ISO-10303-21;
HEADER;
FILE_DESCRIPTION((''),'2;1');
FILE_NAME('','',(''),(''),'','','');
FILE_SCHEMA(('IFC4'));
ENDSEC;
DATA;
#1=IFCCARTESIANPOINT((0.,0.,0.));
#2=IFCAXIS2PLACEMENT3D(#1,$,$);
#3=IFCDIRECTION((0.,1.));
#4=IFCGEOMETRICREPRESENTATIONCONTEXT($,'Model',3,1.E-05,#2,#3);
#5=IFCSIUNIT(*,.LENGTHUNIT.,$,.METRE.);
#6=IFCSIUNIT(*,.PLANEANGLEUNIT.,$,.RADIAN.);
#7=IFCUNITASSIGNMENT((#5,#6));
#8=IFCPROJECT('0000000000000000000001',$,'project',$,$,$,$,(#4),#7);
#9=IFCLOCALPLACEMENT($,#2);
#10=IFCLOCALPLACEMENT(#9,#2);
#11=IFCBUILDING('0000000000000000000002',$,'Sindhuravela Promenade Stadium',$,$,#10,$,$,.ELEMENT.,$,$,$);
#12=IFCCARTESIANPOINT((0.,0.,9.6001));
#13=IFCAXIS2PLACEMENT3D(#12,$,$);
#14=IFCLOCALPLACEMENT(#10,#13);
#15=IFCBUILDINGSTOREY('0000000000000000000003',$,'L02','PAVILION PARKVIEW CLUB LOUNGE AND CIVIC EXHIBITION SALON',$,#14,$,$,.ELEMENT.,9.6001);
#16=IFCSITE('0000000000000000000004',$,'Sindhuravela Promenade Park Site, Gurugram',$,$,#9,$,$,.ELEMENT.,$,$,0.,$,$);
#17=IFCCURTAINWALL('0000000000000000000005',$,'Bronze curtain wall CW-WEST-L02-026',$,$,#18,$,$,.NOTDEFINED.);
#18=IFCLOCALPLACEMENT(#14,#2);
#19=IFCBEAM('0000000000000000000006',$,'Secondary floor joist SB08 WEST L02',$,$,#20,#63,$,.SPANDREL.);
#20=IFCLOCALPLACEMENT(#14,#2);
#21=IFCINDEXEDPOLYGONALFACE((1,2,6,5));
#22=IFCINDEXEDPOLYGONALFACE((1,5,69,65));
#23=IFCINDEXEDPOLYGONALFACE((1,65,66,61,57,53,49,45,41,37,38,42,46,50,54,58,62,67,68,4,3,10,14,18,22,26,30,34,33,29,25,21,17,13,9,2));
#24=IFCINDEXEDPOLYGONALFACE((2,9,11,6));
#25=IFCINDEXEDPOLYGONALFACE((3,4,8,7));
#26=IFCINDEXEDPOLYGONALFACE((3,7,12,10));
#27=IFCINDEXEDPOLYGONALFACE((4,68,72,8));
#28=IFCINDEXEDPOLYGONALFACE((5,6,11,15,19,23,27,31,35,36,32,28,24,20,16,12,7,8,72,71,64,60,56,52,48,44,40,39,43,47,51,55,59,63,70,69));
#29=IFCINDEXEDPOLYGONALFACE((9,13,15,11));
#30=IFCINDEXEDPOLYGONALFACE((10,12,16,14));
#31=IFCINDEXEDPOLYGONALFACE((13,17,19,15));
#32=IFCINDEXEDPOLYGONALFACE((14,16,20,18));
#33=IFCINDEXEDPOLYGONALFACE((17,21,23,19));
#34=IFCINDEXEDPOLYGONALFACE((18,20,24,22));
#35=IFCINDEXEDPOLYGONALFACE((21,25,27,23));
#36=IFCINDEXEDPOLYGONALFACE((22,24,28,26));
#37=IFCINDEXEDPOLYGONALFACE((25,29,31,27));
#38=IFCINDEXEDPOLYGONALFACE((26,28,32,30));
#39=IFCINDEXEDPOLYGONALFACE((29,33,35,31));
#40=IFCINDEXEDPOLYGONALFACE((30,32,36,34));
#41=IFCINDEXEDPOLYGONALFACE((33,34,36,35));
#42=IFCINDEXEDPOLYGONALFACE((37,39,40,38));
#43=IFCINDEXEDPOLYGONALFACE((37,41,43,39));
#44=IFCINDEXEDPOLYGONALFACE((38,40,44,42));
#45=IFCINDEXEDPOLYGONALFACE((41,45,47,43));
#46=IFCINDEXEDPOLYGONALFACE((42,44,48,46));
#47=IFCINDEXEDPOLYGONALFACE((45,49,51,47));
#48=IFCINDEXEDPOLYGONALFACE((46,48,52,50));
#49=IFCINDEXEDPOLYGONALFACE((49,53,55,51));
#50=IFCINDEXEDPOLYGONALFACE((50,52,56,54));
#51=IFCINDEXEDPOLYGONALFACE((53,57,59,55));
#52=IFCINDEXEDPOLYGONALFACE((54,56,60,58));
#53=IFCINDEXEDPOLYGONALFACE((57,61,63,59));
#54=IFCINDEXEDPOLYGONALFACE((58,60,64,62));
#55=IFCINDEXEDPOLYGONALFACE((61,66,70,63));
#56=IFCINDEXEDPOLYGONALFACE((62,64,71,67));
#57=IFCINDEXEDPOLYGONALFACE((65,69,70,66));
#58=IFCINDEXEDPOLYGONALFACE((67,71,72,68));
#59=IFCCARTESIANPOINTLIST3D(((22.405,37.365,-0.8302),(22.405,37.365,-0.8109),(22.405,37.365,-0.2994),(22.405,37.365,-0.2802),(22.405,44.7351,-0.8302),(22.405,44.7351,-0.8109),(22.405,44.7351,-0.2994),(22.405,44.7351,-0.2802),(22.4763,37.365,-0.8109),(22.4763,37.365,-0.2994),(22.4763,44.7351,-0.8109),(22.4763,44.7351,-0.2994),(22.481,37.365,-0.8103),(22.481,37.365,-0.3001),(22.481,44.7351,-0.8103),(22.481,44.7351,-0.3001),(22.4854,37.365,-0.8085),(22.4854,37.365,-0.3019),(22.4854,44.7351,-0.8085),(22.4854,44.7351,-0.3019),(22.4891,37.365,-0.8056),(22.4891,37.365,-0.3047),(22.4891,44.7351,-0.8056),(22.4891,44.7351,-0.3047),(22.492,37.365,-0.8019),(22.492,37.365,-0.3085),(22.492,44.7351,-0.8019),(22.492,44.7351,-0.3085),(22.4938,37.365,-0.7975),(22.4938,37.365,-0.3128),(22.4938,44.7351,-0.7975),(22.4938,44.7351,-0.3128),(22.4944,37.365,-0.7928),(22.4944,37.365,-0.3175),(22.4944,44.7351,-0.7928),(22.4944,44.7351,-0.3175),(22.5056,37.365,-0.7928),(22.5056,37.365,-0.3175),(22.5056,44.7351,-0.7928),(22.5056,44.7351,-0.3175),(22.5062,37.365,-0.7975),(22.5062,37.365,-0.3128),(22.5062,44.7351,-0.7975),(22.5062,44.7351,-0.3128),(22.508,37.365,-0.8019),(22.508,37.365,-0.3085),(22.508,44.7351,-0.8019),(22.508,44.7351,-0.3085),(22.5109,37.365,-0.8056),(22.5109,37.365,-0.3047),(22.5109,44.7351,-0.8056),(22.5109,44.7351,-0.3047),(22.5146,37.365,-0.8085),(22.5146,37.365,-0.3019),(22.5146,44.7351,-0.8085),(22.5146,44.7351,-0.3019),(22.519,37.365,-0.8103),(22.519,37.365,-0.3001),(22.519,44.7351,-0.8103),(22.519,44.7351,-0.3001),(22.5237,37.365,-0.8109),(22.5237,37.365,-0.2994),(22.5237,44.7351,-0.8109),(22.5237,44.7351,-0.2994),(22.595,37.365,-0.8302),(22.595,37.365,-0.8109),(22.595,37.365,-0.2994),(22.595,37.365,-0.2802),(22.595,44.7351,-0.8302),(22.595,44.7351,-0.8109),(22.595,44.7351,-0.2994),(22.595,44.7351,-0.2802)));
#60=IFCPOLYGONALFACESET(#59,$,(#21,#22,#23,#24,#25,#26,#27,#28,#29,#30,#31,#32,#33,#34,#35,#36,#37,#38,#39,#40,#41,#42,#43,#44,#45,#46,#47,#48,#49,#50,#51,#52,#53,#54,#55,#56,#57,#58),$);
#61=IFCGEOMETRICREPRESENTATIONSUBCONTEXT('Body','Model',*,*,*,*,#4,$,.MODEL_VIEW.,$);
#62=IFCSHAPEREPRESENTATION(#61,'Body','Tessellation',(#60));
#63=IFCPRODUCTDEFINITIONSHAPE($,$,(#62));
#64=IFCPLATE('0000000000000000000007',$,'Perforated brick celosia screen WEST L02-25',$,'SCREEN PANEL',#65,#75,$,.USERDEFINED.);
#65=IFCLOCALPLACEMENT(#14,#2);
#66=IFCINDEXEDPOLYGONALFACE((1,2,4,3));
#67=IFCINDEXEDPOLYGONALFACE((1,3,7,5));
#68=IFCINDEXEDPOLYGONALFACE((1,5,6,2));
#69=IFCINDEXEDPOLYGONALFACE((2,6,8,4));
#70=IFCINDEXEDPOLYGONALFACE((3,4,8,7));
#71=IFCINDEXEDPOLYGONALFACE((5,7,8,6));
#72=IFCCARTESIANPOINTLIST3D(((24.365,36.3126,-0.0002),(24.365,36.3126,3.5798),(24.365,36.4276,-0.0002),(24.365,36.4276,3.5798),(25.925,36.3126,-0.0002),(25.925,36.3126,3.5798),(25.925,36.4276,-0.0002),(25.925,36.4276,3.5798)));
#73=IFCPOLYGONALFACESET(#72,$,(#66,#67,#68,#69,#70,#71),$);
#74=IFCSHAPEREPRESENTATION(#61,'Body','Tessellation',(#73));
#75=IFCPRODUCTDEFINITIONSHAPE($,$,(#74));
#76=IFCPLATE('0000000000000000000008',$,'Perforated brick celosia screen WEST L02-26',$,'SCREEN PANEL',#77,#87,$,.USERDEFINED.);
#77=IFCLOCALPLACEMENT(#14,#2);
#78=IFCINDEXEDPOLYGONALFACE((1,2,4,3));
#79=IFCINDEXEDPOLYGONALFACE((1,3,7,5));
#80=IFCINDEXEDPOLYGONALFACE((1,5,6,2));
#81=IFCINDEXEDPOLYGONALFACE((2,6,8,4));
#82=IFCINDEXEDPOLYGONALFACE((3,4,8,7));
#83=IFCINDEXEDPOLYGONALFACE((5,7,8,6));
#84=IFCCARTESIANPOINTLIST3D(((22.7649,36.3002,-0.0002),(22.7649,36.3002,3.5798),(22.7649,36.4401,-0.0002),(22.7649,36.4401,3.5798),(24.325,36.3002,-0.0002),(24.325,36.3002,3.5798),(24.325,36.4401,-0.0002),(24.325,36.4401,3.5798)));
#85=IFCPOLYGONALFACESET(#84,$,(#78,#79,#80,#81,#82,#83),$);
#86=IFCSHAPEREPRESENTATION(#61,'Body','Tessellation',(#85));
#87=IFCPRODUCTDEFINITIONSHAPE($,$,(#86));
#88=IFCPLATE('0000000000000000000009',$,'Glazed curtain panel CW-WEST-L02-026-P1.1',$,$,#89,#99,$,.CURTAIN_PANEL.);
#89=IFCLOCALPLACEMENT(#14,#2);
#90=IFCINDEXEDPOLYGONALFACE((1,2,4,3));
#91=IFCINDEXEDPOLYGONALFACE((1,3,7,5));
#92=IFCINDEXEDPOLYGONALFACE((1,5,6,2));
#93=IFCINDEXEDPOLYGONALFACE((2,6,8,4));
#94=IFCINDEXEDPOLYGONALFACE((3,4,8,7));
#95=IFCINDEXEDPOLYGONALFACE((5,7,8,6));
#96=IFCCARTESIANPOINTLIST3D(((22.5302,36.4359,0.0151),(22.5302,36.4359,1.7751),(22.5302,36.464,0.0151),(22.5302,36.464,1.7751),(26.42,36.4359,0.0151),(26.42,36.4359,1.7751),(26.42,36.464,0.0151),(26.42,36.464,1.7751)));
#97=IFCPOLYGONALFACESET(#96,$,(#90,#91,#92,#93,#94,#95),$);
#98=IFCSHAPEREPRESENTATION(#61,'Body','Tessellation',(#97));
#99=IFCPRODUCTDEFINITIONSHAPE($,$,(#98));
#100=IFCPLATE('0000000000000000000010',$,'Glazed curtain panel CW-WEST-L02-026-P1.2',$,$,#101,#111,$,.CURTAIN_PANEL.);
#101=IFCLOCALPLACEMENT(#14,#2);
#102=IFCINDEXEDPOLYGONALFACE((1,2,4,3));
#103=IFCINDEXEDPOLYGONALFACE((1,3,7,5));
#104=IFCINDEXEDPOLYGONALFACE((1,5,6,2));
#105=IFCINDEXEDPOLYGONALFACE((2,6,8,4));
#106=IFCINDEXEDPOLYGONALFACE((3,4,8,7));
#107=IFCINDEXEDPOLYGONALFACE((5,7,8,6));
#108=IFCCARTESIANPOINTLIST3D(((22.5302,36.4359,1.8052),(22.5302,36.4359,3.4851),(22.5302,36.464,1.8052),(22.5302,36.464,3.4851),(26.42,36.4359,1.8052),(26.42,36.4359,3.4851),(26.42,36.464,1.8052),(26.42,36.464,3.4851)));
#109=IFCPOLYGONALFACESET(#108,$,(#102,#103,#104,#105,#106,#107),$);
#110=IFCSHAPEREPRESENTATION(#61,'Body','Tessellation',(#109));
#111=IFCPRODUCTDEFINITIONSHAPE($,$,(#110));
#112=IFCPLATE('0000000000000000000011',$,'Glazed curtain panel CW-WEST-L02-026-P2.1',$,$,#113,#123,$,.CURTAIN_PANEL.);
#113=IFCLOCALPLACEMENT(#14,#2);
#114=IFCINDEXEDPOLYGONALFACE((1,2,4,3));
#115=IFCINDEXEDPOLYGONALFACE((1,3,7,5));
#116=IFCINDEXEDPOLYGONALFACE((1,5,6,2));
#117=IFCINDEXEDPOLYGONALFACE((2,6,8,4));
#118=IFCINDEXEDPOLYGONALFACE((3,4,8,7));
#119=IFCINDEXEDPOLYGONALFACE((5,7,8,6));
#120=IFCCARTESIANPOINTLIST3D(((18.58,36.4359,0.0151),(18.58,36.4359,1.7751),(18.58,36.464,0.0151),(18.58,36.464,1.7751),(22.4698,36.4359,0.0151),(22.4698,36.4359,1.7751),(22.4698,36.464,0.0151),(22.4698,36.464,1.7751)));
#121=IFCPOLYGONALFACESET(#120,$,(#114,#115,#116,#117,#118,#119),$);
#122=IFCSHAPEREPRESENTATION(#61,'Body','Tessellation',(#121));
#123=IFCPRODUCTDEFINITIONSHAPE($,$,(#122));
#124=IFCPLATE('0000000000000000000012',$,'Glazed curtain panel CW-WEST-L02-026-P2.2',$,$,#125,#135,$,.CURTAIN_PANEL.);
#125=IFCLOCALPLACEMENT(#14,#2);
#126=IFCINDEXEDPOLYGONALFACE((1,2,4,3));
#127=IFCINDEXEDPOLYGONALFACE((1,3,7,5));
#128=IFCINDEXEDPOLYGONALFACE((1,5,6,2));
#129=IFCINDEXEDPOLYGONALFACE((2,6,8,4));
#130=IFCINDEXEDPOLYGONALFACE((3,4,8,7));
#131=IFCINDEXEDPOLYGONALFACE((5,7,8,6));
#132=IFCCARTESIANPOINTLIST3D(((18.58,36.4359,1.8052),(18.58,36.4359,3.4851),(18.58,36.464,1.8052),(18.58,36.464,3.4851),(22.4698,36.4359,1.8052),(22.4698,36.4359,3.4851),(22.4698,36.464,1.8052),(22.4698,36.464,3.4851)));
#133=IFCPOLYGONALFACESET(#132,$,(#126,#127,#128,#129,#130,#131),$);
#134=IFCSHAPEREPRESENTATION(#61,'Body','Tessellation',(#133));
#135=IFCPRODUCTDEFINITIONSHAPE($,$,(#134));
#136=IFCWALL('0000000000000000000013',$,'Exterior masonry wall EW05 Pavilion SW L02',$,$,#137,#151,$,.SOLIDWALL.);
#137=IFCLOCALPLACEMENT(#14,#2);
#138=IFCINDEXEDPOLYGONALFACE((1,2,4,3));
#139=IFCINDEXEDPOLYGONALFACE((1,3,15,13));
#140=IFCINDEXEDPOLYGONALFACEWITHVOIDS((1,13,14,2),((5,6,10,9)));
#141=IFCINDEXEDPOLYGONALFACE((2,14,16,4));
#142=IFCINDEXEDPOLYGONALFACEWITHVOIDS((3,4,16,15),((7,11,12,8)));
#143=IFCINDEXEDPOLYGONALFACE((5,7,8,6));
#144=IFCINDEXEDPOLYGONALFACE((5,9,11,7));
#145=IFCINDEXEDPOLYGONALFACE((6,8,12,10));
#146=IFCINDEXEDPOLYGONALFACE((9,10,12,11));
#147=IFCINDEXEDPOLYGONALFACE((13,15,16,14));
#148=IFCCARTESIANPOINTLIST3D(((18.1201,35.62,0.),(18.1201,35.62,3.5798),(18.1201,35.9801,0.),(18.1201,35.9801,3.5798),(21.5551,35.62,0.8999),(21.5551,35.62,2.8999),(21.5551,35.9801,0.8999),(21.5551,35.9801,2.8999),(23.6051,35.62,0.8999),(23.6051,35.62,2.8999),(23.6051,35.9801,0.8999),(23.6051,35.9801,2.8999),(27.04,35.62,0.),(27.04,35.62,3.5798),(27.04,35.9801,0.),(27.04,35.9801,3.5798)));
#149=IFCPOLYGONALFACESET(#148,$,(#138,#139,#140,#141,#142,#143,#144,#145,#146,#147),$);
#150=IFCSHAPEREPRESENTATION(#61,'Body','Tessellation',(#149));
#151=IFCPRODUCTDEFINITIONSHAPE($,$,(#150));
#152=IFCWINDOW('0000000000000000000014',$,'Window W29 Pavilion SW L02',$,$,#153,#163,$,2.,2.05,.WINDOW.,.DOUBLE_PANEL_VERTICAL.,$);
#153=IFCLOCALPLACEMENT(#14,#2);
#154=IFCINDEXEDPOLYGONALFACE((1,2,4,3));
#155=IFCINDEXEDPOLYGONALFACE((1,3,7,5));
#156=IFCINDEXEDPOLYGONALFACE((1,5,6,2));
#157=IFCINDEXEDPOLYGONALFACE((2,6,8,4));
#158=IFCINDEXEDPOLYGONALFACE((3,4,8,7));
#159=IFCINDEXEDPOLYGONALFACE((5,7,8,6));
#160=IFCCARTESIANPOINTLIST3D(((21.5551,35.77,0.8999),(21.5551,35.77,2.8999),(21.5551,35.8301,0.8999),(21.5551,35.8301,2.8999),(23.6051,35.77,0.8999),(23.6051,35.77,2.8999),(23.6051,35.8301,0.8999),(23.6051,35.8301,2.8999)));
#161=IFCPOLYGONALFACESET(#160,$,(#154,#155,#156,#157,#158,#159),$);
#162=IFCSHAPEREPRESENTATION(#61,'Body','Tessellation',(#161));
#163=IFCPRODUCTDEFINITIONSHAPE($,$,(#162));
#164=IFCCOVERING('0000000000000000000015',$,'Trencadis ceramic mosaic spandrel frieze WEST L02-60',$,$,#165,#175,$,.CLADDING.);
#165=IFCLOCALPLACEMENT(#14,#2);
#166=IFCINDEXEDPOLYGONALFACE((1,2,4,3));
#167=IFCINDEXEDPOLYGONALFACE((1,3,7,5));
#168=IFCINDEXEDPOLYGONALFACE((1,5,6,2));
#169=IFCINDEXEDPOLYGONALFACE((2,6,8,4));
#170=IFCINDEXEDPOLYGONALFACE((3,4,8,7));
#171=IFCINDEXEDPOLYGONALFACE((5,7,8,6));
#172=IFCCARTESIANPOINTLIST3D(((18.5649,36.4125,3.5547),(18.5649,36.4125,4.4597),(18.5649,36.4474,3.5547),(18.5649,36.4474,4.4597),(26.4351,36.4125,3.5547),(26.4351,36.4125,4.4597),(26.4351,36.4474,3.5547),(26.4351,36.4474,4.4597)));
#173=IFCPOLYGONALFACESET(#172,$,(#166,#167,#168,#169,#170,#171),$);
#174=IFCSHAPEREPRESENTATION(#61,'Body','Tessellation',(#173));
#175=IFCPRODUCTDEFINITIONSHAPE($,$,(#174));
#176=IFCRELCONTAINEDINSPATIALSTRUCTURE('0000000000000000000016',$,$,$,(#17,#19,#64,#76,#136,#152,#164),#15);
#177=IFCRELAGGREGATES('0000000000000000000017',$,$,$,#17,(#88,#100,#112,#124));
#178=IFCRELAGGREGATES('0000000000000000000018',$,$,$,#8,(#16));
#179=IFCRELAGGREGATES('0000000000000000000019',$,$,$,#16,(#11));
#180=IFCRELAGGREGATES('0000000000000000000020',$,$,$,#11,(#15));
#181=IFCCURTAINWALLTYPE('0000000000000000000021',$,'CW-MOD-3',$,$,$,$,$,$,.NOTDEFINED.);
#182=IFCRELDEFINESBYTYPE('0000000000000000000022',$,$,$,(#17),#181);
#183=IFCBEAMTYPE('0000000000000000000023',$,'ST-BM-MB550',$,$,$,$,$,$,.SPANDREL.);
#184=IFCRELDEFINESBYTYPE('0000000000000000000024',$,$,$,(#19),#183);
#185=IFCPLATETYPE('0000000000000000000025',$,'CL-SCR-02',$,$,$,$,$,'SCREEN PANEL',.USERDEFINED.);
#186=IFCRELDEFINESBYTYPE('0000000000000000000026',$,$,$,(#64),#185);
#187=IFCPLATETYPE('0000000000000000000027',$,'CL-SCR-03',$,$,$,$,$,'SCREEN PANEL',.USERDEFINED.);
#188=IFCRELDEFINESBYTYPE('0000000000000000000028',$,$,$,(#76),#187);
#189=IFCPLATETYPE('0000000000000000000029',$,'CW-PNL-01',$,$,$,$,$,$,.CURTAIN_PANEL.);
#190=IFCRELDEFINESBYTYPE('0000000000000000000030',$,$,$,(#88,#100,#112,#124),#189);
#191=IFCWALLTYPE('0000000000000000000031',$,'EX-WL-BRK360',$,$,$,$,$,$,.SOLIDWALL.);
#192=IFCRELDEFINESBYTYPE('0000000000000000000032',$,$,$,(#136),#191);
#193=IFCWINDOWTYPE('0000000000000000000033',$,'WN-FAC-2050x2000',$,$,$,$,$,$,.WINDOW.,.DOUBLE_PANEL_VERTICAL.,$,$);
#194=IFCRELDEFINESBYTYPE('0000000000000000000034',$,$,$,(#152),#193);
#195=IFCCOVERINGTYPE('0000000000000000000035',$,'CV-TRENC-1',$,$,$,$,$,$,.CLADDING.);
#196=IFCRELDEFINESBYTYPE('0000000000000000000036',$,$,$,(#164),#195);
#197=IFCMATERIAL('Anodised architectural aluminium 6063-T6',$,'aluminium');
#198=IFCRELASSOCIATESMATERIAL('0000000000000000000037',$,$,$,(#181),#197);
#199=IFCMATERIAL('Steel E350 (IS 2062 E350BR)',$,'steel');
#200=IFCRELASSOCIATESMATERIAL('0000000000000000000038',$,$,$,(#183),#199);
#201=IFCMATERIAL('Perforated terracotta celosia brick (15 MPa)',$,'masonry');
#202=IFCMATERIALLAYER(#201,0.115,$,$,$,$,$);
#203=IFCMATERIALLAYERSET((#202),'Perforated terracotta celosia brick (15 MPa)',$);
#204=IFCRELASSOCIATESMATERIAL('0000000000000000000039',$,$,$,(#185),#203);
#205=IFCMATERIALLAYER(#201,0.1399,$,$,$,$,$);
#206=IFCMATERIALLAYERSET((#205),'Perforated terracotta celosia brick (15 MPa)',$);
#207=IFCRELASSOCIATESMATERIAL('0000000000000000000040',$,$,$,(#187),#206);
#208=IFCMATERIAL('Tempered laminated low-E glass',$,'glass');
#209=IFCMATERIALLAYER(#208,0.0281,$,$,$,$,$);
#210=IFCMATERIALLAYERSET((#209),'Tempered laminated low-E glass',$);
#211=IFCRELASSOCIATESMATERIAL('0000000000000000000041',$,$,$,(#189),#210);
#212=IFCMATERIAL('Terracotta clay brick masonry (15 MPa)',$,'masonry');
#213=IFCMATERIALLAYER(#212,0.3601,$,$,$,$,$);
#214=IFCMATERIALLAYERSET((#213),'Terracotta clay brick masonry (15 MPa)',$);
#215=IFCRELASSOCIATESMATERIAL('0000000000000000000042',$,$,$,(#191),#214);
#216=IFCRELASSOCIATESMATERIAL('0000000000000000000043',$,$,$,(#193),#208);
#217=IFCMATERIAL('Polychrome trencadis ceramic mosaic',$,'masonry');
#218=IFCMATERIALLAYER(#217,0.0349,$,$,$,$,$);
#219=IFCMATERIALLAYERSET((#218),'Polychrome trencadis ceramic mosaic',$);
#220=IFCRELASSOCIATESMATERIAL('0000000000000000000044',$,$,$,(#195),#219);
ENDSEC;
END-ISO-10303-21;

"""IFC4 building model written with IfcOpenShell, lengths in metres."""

from ifc_helpers import new_model, si_unit, direction, frame, frame_2d, origin, origin_2d, place, context, subcontext, project, spatial, rectangle, i_section, extrude, material, layer, layer_set, material_profile, profile_set, type_object, element, fill, aggregate, save


model = new_model("IFC4")

# Units and contexts
model_context = context("Model", 3, precision=1e-05, world=origin(), true_north=direction((0.0, 1.0)))
body_context = subcontext(model_context, "Body", "Model", "MODEL_VIEW")
ifc_project = project(units=[si_unit("LENGTHUNIT", "METRE"), si_unit("PLANEANGLEUNIT", "RADIAN")], contexts=[model_context])

# Site, building, storey
site_placement = place(None, origin())
site = spatial("IfcSite", under=ifc_project, at=site_placement, Name="Sindhuravela Promenade Park Site, Gurugram", CompositionType="ELEMENT", RefElevation=0.0)
building_placement = place(site_placement, origin())
building = spatial("IfcBuilding", under=site, at=building_placement, Name="Sindhuravela Promenade Stadium", CompositionType="ELEMENT")
storey_placement = place(building_placement, frame((0.0, 0.0, 9.6001)))
storey = spatial("IfcBuildingStorey", under=building, at=storey_placement, Name="L02", Description="PAVILION PARKVIEW CLUB LOUNGE AND CIVIC EXHIBITION SALON", CompositionType="ELEMENT", Elevation=9.6001)

# Curtain wall
ifc_material_1 = material(Name="Anodised architectural aluminium 6063-T6", Category="aluminium")
curtain_wall_type_1 = type_object("IfcCurtainWallType", Name="CW-MOD-3", PredefinedType="NOTDEFINED", material=ifc_material_1)
curtain_wall_1_placement = place(storey_placement, origin())
curtain_wall_1 = element("IfcCurtainWall", 1, at=curtain_wall_1_placement, inside=storey, type_object=curtain_wall_type_1, Name="Bronze curtain wall CW-WEST-L02-026", PredefinedType="NOTDEFINED")

# Beam
ifc_material_2 = material(Name="Steel E350 (IS 2062 E350BR)", Category="steel")
ifc_material_profile_1 = material_profile(ifc_material_2, i_section(OverallWidth=0.1899, OverallDepth=0.55, WebThickness=0.0112, FlangeThickness=0.0193, FilletRadius=0.0181, at=origin_2d()), Name="ISMB 550")
ifc_profile_set_1 = profile_set([ifc_material_profile_1], Name="Steel E350 (IS 2062 E350BR)")
beam_type_1 = type_object("IfcBeamType", Name="ST-BM-MB550", PredefinedType="SPANDREL", material=ifc_profile_set_1)
beam_1_placement = place(storey_placement, frame((22.5, 37.365, -0.5552), z_axis=(0.0, 1.0, 0.0), x_axis=(-1.0, 0.0, 0.0)))
element("IfcBeam", 2, at=beam_1_placement, inside=storey, type_object=beam_type_1, Name="Secondary floor joist SB08 WEST L02", PredefinedType="SPANDREL", context=body_context, shape_type="SweptSolid", body=[
    extrude(i_section(OverallWidth=0.1899, OverallDepth=0.55, WebThickness=0.0112, FlangeThickness=0.0193, FilletRadius=0.0181, at=origin_2d()), origin(), (0.0, 0.0, 1.0), 7.3701),
])

# Plates
ifc_material_3 = material(Name="Perforated terracotta celosia brick (15 MPa)", Category="masonry")
ifc_layer_1 = layer(ifc_material_3, 0.115)
ifc_layer_set_1 = layer_set([ifc_layer_1], Name="Perforated terracotta celosia brick (15 MPa)")
plate_type_1 = type_object("IfcPlateType", Name="CL-SCR-02", ElementType="SCREEN PANEL", PredefinedType="USERDEFINED", material=ifc_layer_set_1)
plate_1_placement = place(storey_placement, frame((25.145, 36.3701, -0.0002), z_axis=(0.0, 0.0, 1.0), x_axis=(-1.0, 0.0, 0.0)))
element("IfcPlate", 3, at=plate_1_placement, inside=storey, type_object=plate_type_1, Name="Perforated brick celosia screen WEST L02-25", ObjectType="SCREEN PANEL", PredefinedType="USERDEFINED", context=body_context, shape_type="SweptSolid", body=[
    extrude(rectangle(XDim=1.5601, YDim=0.115, at=origin_2d()), origin(), (0.0, 0.0, 1.0), 3.5801),
])
ifc_layer_2 = layer(ifc_material_3, 0.1399)
ifc_layer_set_2 = layer_set([ifc_layer_2], Name="Perforated terracotta celosia brick (15 MPa)")
plate_type_2 = type_object("IfcPlateType", Name="CL-SCR-03", ElementType="SCREEN PANEL", PredefinedType="USERDEFINED", material=ifc_layer_set_2)
plate_2_placement = place(storey_placement, frame((23.5449, 36.3701, -0.0002), z_axis=(0.0, 0.0, 1.0), x_axis=(-1.0, 0.0, 0.0)))
element("IfcPlate", 4, at=plate_2_placement, inside=storey, type_object=plate_type_2, Name="Perforated brick celosia screen WEST L02-26", ObjectType="SCREEN PANEL", PredefinedType="USERDEFINED", context=body_context, shape_type="SweptSolid", body=[
    extrude(rectangle(XDim=1.5601, YDim=0.1399, at=origin_2d()), origin(), (0.0, 0.0, 1.0), 3.5801),
])

# Plates
ifc_material_4 = material(Name="Tempered laminated low-E glass", Category="glass")
ifc_layer_3 = layer(ifc_material_4, 0.0281)
ifc_layer_set_3 = layer_set([ifc_layer_3], Name="Tempered laminated low-E glass")
plate_type_3 = type_object("IfcPlateType", Name="CW-PNL-01", PredefinedType="CURTAIN_PANEL", material=ifc_layer_set_3)
plate_3_placement = place(storey_placement, frame((24.4751, 36.45, 0.0151), z_axis=(0.0, 0.0, 1.0), x_axis=(-1.0, 0.0, 0.0)))
plate_3 = element("IfcPlate", 5, at=plate_3_placement, type_object=plate_type_3, Name="Glazed curtain panel CW-WEST-L02-026-P1.1", PredefinedType="CURTAIN_PANEL", context=body_context, shape_type="SweptSolid", body=[
    extrude(rectangle(XDim=3.8899, YDim=0.0281, at=origin_2d()), origin(), (0.0, 0.0, 1.0), 1.76),
])
plate_4_placement = place(storey_placement, frame((24.4751, 36.45, 1.8052), z_axis=(0.0, 0.0, 1.0), x_axis=(-1.0, 0.0, 0.0)))
plate_4 = element("IfcPlate", 6, at=plate_4_placement, type_object=plate_type_3, Name="Glazed curtain panel CW-WEST-L02-026-P1.2", PredefinedType="CURTAIN_PANEL", context=body_context, shape_type="SweptSolid", body=[
    extrude(rectangle(XDim=3.8899, YDim=0.0281, at=origin_2d()), origin(), (0.0, 0.0, 1.0), 1.6799),
])
plate_5_placement = place(storey_placement, frame((20.5249, 36.45, 0.0151), z_axis=(0.0, 0.0, 1.0), x_axis=(-1.0, 0.0, 0.0)))
plate_5 = element("IfcPlate", 7, at=plate_5_placement, type_object=plate_type_3, Name="Glazed curtain panel CW-WEST-L02-026-P2.1", PredefinedType="CURTAIN_PANEL", context=body_context, shape_type="SweptSolid", body=[
    extrude(rectangle(XDim=3.8899, YDim=0.0281, at=origin_2d()), origin(), (0.0, 0.0, 1.0), 1.76),
])
plate_6_placement = place(storey_placement, frame((20.5249, 36.45, 1.8052), z_axis=(0.0, 0.0, 1.0), x_axis=(-1.0, 0.0, 0.0)))
plate_6 = element("IfcPlate", 8, at=plate_6_placement, type_object=plate_type_3, Name="Glazed curtain panel CW-WEST-L02-026-P2.2", PredefinedType="CURTAIN_PANEL", context=body_context, shape_type="SweptSolid", body=[
    extrude(rectangle(XDim=3.8899, YDim=0.0281, at=origin_2d()), origin(), (0.0, 0.0, 1.0), 1.6799),
])
aggregate(curtain_wall_1, [plate_3, plate_4, plate_5, plate_6])

# Wall, opening, window
ifc_material_5 = material(Name="Terracotta clay brick masonry (15 MPa)", Category="masonry")
ifc_layer_4 = layer(ifc_material_5, 0.3601)
ifc_layer_set_4 = layer_set([ifc_layer_4], Name="Terracotta clay brick masonry (15 MPa)")
wall_type = type_object("IfcWallType", Name="EX-WL-BRK360", PredefinedType="SOLIDWALL", material=ifc_layer_set_4)
wall_placement = place(storey_placement, frame((18.1201, 35.8, 0.0), z_axis=(0.0, 0.0, 1.0), x_axis=(1.0, 0.0, 0.0)))
wall = element("IfcWall", 9, at=wall_placement, inside=storey, type_object=wall_type, Name="Exterior masonry wall EW05 Pavilion SW L02", PredefinedType="SOLIDWALL", context=body_context, shape_type="SweptSolid", body=[
    extrude(rectangle(XDim=8.9199, YDim=0.3601, at=frame_2d((4.46, 0.0))), origin(), (0.0, 0.0, 1.0), 3.5798),
])
opening_placement = place(wall_placement, frame((3.4351, 0.0, 0.8999)))
opening = element("IfcOpeningElement", 10, at=opening_placement, cuts=wall, PredefinedType="OPENING", context=body_context, shape_type="SweptSolid", body=[
    extrude(rectangle(XDim=2.05, YDim=2.0, at=frame_2d((1.0249, 1.0))), frame((0.0, 0.1899, 0.0), z_axis=(0.0, -1.0, 0.0), x_axis=(1.0, 0.0, 0.0)), (0.0, 0.0, 1.0), 0.3801),
])
window_type = type_object("IfcWindowType", Name="WN-FAC-2050x2000", PartitioningType="DOUBLE_PANEL_VERTICAL", PredefinedType="WINDOW", material=ifc_material_4)
window_placement = place(opening_placement, origin())
window = element("IfcWindow", 11, at=window_placement, inside=storey, type_object=window_type, Name="Window W29 Pavilion SW L02", OverallHeight=2.0, OverallWidth=2.05, PartitioningType="DOUBLE_PANEL_VERTICAL", PredefinedType="WINDOW", context=body_context, shape_type="SweptSolid", body=[
    extrude(rectangle(XDim=2.05, YDim=2.0, at=frame_2d((1.0249, 1.0))), frame((0.0, 0.03, 0.0), z_axis=(0.0, -1.0, 0.0), x_axis=(1.0, 0.0, 0.0)), (0.0, 0.0, 1.0), 0.0601),
])
fill(opening, window)

# Covering
ifc_material_6 = material(Name="Polychrome trencadis ceramic mosaic", Category="masonry")
ifc_layer_5 = layer(ifc_material_6, 0.0349)
ifc_layer_set_5 = layer_set([ifc_layer_5], Name="Polychrome trencadis ceramic mosaic")
covering_type = type_object("IfcCoveringType", Name="CV-TRENC-1", PredefinedType="CLADDING", material=ifc_layer_set_5)
covering_placement = place(storey_placement, frame((22.5, 36.4299, 3.5547), z_axis=(0.0, 0.0, 1.0), x_axis=(-1.0, 0.0, 0.0)))
element("IfcCovering", 12, at=covering_placement, inside=storey, type_object=covering_type, Name="Trencadis ceramic mosaic spandrel frieze WEST L02-60", PredefinedType="CLADDING", context=body_context, shape_type="SweptSolid", body=[
    extrude(rectangle(XDim=7.8701, YDim=0.0349, at=origin_2d()), origin(), (0.0, 0.0, 1.0), 0.905),
])

save(model, "model.ifc")
